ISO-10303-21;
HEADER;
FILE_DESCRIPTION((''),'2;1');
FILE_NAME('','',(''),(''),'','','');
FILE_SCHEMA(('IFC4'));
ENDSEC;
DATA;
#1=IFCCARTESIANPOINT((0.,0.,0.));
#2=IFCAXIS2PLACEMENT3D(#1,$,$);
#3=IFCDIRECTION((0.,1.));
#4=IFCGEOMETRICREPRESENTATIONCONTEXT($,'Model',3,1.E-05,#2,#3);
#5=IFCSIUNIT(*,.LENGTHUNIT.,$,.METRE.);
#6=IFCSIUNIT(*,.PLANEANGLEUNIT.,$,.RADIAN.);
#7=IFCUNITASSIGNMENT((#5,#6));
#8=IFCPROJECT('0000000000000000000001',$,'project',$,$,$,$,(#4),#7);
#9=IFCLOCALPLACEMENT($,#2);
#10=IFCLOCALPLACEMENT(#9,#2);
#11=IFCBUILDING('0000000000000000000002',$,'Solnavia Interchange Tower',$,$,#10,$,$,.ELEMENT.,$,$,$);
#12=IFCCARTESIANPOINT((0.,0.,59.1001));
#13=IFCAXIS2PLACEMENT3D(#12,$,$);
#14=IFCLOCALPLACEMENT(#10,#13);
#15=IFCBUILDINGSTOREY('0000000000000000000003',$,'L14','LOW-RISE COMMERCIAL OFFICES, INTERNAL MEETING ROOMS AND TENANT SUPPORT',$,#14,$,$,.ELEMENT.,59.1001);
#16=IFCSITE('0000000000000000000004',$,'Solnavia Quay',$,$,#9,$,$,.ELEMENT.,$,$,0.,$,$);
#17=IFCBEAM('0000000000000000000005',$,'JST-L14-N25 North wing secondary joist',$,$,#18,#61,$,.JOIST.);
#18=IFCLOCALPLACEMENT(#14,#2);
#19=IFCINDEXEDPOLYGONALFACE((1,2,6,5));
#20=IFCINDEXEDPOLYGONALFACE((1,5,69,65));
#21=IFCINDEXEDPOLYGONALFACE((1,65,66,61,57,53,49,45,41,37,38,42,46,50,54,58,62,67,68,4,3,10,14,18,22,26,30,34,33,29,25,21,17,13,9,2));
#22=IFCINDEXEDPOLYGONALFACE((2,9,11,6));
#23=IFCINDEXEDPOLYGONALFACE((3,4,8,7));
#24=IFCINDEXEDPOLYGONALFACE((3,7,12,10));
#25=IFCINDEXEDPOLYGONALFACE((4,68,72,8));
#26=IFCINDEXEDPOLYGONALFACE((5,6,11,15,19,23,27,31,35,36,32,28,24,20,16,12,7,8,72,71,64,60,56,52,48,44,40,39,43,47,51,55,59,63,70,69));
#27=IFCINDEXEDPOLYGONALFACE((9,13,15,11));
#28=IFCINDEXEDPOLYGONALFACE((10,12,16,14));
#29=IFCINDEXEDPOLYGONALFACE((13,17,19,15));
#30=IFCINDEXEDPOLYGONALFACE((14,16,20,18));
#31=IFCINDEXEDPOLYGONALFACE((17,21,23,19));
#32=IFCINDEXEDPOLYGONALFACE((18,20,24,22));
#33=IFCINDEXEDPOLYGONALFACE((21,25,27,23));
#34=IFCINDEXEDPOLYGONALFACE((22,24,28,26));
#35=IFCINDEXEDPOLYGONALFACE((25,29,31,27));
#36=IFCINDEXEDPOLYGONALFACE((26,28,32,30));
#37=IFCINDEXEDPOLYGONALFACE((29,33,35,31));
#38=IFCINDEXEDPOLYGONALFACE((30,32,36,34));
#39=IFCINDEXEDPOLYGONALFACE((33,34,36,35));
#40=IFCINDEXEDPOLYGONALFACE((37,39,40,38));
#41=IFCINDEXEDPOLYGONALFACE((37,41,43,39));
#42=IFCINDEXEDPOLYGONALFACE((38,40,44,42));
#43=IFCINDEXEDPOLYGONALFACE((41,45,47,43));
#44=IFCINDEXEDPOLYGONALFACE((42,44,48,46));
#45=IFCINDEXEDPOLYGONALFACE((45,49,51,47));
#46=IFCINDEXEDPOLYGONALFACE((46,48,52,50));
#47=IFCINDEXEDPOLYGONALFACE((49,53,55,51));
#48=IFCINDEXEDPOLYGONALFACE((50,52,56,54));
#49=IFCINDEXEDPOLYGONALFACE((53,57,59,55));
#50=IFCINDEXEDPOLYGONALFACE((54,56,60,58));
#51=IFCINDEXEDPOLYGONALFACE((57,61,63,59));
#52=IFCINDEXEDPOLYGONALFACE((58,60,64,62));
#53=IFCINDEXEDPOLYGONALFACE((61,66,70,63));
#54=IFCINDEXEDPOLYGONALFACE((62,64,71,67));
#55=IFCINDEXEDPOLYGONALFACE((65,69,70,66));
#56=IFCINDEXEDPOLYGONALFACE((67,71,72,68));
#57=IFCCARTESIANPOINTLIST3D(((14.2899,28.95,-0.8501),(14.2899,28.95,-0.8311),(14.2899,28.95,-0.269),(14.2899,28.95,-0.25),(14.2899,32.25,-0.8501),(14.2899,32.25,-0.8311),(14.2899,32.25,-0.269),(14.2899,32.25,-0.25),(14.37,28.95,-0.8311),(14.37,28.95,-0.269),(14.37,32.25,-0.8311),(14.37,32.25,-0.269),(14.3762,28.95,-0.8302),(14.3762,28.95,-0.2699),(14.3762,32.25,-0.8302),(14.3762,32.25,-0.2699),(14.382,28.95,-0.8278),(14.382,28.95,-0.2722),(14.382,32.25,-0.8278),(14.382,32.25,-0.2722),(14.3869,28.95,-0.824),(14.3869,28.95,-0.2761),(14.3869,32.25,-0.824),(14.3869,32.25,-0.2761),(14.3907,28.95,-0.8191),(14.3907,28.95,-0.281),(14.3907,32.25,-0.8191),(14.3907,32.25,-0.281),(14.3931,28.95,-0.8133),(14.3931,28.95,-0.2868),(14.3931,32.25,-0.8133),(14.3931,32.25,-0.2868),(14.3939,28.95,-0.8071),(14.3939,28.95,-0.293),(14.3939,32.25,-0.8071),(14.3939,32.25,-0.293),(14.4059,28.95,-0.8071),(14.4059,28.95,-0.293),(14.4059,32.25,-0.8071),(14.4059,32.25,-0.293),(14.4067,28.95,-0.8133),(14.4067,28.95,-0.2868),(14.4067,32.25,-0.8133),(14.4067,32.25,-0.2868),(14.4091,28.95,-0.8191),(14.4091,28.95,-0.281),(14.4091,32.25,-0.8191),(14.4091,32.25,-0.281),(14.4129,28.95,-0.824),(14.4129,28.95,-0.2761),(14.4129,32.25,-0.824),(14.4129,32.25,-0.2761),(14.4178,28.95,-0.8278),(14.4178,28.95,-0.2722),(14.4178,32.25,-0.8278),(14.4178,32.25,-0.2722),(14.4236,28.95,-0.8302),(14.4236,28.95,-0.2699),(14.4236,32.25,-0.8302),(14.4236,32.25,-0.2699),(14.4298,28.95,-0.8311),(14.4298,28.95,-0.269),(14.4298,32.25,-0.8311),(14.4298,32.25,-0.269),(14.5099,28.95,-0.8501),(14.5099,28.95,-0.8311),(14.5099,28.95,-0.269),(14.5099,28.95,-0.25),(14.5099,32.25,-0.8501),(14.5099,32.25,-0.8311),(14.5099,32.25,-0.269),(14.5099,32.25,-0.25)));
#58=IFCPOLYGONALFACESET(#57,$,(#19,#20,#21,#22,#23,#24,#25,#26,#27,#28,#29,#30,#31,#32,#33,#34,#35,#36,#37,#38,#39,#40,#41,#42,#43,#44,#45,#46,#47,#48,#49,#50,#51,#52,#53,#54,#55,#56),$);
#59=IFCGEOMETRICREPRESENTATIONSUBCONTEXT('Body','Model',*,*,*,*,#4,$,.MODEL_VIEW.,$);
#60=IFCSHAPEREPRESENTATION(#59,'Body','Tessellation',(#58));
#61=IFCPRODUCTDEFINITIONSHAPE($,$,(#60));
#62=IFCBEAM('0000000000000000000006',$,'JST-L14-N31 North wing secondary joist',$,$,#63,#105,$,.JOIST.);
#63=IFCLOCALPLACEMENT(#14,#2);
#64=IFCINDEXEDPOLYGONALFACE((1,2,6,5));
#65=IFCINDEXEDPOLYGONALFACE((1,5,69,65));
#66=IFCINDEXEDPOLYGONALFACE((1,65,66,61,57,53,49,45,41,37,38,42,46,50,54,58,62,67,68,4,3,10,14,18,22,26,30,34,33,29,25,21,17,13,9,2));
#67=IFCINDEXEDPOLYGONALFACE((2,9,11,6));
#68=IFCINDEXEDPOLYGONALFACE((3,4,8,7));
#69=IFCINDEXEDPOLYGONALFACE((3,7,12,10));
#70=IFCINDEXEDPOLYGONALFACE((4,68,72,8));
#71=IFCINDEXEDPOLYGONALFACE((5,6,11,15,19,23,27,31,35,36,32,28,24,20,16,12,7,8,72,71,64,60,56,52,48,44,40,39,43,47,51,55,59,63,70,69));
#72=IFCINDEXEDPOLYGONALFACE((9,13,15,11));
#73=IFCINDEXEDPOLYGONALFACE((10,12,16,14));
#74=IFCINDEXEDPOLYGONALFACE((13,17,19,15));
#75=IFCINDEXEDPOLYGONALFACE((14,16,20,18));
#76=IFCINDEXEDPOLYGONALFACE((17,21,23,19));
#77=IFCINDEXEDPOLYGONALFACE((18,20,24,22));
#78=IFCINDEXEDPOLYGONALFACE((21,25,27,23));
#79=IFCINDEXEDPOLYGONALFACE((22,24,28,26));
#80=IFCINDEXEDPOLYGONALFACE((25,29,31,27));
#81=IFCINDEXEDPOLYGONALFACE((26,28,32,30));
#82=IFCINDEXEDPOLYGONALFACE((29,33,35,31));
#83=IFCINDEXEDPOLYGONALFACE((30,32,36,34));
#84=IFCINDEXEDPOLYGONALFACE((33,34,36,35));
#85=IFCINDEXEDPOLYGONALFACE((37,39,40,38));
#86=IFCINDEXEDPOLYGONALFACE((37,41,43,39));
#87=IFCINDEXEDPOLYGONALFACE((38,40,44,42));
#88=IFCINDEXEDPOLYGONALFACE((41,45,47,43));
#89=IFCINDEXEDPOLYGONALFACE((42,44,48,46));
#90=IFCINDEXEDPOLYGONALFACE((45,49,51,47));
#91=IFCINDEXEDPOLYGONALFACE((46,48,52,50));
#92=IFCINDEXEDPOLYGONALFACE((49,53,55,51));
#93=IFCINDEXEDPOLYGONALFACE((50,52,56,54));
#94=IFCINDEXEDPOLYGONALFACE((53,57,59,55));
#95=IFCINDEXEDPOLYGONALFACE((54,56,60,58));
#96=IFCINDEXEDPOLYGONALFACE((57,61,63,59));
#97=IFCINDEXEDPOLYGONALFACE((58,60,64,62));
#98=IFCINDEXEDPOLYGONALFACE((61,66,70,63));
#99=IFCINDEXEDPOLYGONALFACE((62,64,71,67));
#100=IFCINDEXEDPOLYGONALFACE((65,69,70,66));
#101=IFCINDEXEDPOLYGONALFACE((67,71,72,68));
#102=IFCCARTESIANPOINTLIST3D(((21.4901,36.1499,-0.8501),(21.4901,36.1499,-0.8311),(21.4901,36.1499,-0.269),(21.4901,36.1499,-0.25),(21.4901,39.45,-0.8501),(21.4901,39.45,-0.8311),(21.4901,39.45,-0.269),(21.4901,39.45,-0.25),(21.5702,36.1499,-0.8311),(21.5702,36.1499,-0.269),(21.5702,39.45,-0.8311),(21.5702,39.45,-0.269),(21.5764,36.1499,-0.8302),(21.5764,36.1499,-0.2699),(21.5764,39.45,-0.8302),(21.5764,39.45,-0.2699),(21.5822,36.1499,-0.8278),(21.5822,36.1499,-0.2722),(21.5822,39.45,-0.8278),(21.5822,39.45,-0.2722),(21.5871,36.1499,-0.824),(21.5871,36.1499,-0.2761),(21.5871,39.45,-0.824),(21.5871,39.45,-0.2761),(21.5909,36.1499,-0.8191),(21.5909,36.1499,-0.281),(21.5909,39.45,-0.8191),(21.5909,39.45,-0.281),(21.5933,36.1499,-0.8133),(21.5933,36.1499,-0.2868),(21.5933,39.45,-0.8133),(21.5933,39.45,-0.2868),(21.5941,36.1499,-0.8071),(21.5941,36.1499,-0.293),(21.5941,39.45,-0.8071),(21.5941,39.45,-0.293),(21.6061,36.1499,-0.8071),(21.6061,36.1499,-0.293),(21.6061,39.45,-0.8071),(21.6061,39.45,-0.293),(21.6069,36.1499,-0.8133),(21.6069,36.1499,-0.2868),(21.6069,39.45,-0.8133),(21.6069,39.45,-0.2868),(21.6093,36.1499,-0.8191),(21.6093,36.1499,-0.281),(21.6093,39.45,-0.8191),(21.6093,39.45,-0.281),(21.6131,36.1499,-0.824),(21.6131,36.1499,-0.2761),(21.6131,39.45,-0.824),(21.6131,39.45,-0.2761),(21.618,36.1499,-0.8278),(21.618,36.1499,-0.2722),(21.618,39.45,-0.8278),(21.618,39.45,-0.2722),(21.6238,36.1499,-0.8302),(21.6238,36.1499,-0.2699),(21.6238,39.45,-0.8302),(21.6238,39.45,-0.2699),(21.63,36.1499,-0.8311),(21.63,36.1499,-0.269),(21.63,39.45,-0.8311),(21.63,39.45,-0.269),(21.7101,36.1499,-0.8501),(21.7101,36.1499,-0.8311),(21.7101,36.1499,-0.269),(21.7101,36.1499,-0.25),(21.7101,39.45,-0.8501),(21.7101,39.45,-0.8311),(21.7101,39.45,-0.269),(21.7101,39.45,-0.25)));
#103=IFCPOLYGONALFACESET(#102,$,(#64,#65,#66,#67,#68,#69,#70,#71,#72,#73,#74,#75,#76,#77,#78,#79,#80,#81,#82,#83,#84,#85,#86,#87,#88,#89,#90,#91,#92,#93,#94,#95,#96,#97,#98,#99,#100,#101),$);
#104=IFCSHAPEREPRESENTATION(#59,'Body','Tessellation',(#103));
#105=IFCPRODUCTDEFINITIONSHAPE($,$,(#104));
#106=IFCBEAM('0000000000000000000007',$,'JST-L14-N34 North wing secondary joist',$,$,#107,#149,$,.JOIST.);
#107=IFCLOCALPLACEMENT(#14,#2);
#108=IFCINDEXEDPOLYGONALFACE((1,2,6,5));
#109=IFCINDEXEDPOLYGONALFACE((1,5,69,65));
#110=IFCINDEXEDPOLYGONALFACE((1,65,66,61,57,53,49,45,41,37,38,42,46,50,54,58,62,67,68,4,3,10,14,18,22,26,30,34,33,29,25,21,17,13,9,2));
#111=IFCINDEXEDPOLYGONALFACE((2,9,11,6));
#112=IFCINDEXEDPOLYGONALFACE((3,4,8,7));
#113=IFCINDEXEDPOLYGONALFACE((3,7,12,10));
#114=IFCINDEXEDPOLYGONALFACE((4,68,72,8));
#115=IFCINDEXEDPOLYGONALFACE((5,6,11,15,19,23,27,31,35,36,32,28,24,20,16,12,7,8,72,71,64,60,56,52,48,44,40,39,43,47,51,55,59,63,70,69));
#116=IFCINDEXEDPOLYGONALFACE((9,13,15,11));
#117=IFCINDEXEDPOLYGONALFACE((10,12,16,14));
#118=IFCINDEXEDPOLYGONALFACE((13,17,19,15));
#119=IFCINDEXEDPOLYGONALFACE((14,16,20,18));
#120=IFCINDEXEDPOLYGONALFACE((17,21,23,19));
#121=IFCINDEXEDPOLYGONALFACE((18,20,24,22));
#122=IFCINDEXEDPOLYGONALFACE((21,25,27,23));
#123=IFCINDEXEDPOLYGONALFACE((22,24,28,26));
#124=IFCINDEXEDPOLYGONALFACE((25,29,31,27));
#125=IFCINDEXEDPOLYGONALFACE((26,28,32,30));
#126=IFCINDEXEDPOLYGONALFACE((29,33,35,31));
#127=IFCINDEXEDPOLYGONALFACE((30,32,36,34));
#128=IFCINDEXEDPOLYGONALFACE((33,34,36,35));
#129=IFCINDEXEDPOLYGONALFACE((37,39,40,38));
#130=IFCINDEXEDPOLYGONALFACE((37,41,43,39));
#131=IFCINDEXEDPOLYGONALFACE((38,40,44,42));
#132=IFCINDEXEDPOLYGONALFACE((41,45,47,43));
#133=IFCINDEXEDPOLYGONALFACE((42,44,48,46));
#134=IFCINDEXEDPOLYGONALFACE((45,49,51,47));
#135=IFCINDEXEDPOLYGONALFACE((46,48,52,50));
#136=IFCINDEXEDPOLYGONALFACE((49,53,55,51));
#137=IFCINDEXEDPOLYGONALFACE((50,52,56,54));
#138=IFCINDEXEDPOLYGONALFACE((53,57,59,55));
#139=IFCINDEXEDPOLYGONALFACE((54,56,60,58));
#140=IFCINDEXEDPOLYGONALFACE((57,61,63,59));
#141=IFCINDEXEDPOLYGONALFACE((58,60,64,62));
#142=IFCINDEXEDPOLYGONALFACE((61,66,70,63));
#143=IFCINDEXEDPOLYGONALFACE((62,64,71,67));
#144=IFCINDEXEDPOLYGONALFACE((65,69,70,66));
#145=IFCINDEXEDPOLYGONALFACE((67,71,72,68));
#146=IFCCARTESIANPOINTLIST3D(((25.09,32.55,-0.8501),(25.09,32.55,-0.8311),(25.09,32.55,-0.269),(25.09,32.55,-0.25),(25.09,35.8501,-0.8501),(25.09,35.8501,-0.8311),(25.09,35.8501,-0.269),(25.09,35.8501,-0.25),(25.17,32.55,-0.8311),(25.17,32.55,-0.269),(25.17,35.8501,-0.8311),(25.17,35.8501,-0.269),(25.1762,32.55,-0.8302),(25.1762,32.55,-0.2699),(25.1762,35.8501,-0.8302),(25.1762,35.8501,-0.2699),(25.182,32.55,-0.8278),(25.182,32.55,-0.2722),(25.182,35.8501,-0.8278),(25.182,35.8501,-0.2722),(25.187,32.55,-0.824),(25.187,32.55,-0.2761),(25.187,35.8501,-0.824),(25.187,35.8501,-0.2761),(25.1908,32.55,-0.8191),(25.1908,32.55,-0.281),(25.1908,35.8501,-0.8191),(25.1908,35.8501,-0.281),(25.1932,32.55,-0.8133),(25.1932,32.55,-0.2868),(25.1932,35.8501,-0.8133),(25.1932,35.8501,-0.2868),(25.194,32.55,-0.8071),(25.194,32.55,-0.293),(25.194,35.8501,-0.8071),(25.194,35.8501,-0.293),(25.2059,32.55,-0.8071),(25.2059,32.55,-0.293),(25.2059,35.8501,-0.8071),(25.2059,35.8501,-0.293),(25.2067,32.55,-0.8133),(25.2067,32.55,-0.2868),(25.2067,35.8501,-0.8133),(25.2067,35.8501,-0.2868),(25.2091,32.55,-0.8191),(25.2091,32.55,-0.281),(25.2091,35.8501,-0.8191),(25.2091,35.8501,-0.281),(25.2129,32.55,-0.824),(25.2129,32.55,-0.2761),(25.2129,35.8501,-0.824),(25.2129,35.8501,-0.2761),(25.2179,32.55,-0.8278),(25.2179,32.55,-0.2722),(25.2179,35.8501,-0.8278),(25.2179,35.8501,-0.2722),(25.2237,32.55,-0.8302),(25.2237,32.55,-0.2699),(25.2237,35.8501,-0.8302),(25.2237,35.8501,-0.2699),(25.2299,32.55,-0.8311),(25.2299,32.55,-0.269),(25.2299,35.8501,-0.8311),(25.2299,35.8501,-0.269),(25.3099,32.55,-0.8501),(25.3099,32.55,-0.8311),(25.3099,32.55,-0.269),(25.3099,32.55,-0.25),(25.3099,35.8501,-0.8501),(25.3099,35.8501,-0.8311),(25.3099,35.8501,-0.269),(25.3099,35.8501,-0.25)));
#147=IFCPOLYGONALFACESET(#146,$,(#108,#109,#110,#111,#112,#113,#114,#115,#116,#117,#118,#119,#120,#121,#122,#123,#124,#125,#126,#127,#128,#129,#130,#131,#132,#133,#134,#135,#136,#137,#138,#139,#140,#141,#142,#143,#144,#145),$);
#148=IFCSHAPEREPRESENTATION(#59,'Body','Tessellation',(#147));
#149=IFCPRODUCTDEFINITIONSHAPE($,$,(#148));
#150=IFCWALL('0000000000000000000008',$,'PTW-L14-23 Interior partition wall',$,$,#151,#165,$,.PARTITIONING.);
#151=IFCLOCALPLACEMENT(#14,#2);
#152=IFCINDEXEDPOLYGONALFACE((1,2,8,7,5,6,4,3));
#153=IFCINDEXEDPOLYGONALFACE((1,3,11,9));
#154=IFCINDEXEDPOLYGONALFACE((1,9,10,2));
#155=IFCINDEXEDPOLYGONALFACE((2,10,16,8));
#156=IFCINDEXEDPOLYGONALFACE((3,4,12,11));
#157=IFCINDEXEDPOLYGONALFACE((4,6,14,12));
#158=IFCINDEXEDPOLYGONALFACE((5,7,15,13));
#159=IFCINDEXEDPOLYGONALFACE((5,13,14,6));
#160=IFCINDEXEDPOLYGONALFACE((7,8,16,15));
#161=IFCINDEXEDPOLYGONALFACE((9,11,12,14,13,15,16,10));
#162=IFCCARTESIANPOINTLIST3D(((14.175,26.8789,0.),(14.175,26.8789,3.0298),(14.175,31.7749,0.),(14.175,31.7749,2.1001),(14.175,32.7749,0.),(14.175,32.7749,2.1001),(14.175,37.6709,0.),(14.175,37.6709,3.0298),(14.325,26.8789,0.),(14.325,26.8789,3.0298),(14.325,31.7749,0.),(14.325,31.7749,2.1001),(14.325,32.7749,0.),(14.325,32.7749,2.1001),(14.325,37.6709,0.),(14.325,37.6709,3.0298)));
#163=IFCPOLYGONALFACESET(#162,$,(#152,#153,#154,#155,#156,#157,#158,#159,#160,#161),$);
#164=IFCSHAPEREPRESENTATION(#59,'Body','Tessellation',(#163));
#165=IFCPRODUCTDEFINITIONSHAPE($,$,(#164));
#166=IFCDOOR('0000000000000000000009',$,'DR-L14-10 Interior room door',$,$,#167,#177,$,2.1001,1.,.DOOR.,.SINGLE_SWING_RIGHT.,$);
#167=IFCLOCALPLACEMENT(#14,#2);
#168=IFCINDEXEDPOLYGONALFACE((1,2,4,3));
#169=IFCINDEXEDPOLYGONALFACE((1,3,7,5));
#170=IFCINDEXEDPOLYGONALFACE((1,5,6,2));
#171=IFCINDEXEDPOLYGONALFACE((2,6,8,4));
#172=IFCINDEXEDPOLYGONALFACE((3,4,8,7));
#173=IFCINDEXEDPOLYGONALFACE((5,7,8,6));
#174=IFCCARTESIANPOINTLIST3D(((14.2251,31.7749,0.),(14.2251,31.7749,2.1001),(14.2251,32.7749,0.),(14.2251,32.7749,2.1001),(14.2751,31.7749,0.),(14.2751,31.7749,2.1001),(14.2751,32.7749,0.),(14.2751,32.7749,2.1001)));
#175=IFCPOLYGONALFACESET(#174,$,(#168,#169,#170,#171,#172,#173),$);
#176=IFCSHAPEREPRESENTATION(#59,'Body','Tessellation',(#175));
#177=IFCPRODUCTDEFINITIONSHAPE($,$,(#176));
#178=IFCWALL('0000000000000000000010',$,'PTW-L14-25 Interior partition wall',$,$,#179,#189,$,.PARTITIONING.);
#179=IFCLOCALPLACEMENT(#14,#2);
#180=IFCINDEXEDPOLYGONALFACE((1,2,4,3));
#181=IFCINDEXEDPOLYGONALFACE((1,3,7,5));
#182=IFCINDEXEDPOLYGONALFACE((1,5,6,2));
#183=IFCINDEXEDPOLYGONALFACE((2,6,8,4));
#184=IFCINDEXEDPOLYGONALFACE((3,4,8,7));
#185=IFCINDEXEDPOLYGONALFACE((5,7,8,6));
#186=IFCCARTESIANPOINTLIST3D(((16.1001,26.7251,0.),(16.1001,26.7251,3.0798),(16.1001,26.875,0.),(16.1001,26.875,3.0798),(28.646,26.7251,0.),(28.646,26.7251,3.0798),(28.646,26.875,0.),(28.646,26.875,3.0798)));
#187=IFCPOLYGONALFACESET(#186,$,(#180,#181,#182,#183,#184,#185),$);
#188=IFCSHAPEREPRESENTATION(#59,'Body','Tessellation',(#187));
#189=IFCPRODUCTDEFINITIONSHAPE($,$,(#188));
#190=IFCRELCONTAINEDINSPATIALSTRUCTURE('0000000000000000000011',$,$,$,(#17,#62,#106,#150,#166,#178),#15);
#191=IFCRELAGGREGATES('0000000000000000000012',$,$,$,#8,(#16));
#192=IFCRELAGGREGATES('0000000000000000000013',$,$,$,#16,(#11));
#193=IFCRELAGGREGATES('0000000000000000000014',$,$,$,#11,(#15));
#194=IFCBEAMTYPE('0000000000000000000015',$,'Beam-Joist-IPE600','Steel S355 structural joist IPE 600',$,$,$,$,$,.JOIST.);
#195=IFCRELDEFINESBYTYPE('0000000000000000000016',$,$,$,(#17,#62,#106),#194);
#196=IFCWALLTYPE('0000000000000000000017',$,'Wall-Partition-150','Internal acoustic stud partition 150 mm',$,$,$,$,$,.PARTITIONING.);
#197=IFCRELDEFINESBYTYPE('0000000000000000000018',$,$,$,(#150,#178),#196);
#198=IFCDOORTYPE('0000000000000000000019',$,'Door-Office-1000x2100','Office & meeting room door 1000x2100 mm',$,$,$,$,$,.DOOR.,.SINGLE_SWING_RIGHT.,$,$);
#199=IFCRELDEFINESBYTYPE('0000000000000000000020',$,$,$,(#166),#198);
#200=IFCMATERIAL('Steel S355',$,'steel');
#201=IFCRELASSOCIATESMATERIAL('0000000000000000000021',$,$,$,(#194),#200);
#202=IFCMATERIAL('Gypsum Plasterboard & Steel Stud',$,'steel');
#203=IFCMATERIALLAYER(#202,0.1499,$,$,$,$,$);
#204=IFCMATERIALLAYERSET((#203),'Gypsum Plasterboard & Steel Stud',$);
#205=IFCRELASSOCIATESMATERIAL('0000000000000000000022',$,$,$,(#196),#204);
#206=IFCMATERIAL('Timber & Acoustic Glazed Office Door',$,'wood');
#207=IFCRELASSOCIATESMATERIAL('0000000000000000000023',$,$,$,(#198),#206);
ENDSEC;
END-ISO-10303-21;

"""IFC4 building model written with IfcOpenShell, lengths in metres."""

from ifc_helpers import new_model, si_unit, direction, frame, frame_2d, origin, origin_2d, place, context, subcontext, project, spatial, rectangle, i_section, extrude, material, layer, layer_set, material_profile, profile_set, type_object, element, fill, save


model = new_model("IFC4")

# Units and contexts
model_context = context("Model", 3, precision=1e-05, world=origin(), true_north=direction((0.0, 1.0)))
body_context = subcontext(model_context, "Body", "Model", "MODEL_VIEW")
ifc_project = project(units=[si_unit("LENGTHUNIT", "METRE"), si_unit("PLANEANGLEUNIT", "RADIAN")], contexts=[model_context])

# Site, building, storey
site_placement = place(None, origin())
site = spatial("IfcSite", under=ifc_project, at=site_placement, Name="Solnavia Quay", CompositionType="ELEMENT", RefElevation=0.0)
building_placement = place(site_placement, origin())
building = spatial("IfcBuilding", under=site, at=building_placement, Name="Solnavia Interchange Tower", CompositionType="ELEMENT")
storey_placement = place(building_placement, frame((0.0, 0.0, 59.1001)))
storey = spatial("IfcBuildingStorey", under=building, at=storey_placement, Name="L14", Description="LOW-RISE COMMERCIAL OFFICES, INTERNAL MEETING ROOMS AND TENANT SUPPORT", CompositionType="ELEMENT", Elevation=59.1001)

# Shared definitions
ifc_material_1 = material(Name="Steel S355", Category="steel")

# Beams
ifc_material_profile_1 = material_profile(ifc_material_1, i_section(OverallWidth=0.22, OverallDepth=0.6001, WebThickness=0.012, FlangeThickness=0.019, FilletRadius=0.0239, at=origin_2d()), Name="IPE 600")
ifc_profile_set_1 = profile_set([ifc_material_profile_1], Name="Steel S355")
beam_type_1 = type_object("IfcBeamType", Name="Beam-Joist-IPE600", Description="Steel S355 structural joist IPE 600", PredefinedType="JOIST", material=ifc_profile_set_1)
for number, where, z_axis, x_axis, name in (
    (1, (14.3999, 28.95, -0.55), (0.0, 1.0, 0.0), (-1.0, 0.0, 0.0), "JST-L14-N25 North wing secondary joist"),
    (2, (21.6001, 36.1499, -0.55), (0.0, 1.0, 0.0), (-1.0, 0.0, 0.0), "JST-L14-N31 North wing secondary joist"),
    (3, (25.2, 32.55, -0.55), (0.0, 1.0, 0.0), (-1.0, 0.0, 0.0), "JST-L14-N34 North wing secondary joist"),
):
    element("IfcBeam", number, at=place(storey_placement, frame(where, z_axis=z_axis, x_axis=x_axis)), inside=storey, type_object=beam_type_1, Name=name, PredefinedType="JOIST", context=body_context, shape_type="SweptSolid", body=[
        extrude(i_section(OverallWidth=0.22, OverallDepth=0.6001, WebThickness=0.012, FlangeThickness=0.019, FilletRadius=0.0239, at=origin_2d()), origin(), (0.0, 0.0, 1.0), 3.3),
    ])

# Wall, opening, door
ifc_material_2 = material(Name="Gypsum Plasterboard & Steel Stud", Category="steel")
ifc_layer_1 = layer(ifc_material_2, 0.1499)
ifc_layer_set_1 = layer_set([ifc_layer_1], Name="Gypsum Plasterboard & Steel Stud")
wall_type_1 = type_object("IfcWallType", Name="Wall-Partition-150", Description="Internal acoustic stud partition 150 mm", PredefinedType="PARTITIONING", material=ifc_layer_set_1)
wall_1_placement = place(storey_placement, frame((14.25, 26.8789, 0.0), z_axis=(0.0, 0.0, 1.0), x_axis=(0.0, 1.0, 0.0)))
wall_1 = element("IfcWall", 4, at=wall_1_placement, inside=storey, type_object=wall_type_1, Name="PTW-L14-23 Interior partition wall", PredefinedType="PARTITIONING", context=body_context, shape_type="SweptSolid", body=[
    extrude(rectangle(XDim=10.792, YDim=0.1499, at=frame_2d((5.396, 0.0))), origin(), (0.0, 0.0, 1.0), 3.0298),
])
opening_1_placement = place(wall_1_placement, frame((4.896, 0.0, 0.0)))
opening_1 = element("IfcOpeningElement", 5, at=opening_1_placement, cuts=wall_1, PredefinedType="OPENING", context=body_context, shape_type="SweptSolid", body=[
    extrude(rectangle(XDim=1.0, YDim=2.1001, at=frame_2d((0.5, 1.05))), frame((0.0, 0.085, 0.0), z_axis=(0.0, -1.0, 0.0), x_axis=(1.0, 0.0, 0.0)), (0.0, 0.0, 1.0), 0.1699),
])
ifc_material_3 = material(Name="Timber & Acoustic Glazed Office Door", Category="wood")
door_type = type_object("IfcDoorType", Name="Door-Office-1000x2100", Description="Office & meeting room door 1000x2100 mm", OperationType="SINGLE_SWING_RIGHT", PredefinedType="DOOR", material=ifc_material_3)
door_1_placement = place(opening_1_placement, origin())
door_1 = element("IfcDoor", 6, at=door_1_placement, inside=storey, type_object=door_type, Name="DR-L14-10 Interior room door", OperationType="SINGLE_SWING_RIGHT", OverallHeight=2.1001, OverallWidth=1.0, PredefinedType="DOOR", context=body_context, shape_type="SweptSolid", body=[
    extrude(rectangle(XDim=1.0, YDim=2.1001, at=frame_2d((0.5, 1.05))), frame((0.0, 0.0249, 0.0), z_axis=(0.0, -1.0, 0.0), x_axis=(1.0, 0.0, 0.0)), (0.0, 0.0, 1.0), 0.05),
])
fill(opening_1, door_1)

# Wall
wall_2_placement = place(storey_placement, frame((16.1001, 26.8, 0.0), z_axis=(0.0, 0.0, 1.0), x_axis=(1.0, 0.0, 0.0)))
element("IfcWall", 7, at=wall_2_placement, inside=storey, type_object=wall_type_1, Name="PTW-L14-25 Interior partition wall", PredefinedType="PARTITIONING", context=body_context, shape_type="SweptSolid", body=[
    extrude(rectangle(XDim=12.5459, YDim=0.1499, at=frame_2d((6.2729, 0.0))), origin(), (0.0, 0.0, 1.0), 3.0798),
])

save(model, "model.ifc")
